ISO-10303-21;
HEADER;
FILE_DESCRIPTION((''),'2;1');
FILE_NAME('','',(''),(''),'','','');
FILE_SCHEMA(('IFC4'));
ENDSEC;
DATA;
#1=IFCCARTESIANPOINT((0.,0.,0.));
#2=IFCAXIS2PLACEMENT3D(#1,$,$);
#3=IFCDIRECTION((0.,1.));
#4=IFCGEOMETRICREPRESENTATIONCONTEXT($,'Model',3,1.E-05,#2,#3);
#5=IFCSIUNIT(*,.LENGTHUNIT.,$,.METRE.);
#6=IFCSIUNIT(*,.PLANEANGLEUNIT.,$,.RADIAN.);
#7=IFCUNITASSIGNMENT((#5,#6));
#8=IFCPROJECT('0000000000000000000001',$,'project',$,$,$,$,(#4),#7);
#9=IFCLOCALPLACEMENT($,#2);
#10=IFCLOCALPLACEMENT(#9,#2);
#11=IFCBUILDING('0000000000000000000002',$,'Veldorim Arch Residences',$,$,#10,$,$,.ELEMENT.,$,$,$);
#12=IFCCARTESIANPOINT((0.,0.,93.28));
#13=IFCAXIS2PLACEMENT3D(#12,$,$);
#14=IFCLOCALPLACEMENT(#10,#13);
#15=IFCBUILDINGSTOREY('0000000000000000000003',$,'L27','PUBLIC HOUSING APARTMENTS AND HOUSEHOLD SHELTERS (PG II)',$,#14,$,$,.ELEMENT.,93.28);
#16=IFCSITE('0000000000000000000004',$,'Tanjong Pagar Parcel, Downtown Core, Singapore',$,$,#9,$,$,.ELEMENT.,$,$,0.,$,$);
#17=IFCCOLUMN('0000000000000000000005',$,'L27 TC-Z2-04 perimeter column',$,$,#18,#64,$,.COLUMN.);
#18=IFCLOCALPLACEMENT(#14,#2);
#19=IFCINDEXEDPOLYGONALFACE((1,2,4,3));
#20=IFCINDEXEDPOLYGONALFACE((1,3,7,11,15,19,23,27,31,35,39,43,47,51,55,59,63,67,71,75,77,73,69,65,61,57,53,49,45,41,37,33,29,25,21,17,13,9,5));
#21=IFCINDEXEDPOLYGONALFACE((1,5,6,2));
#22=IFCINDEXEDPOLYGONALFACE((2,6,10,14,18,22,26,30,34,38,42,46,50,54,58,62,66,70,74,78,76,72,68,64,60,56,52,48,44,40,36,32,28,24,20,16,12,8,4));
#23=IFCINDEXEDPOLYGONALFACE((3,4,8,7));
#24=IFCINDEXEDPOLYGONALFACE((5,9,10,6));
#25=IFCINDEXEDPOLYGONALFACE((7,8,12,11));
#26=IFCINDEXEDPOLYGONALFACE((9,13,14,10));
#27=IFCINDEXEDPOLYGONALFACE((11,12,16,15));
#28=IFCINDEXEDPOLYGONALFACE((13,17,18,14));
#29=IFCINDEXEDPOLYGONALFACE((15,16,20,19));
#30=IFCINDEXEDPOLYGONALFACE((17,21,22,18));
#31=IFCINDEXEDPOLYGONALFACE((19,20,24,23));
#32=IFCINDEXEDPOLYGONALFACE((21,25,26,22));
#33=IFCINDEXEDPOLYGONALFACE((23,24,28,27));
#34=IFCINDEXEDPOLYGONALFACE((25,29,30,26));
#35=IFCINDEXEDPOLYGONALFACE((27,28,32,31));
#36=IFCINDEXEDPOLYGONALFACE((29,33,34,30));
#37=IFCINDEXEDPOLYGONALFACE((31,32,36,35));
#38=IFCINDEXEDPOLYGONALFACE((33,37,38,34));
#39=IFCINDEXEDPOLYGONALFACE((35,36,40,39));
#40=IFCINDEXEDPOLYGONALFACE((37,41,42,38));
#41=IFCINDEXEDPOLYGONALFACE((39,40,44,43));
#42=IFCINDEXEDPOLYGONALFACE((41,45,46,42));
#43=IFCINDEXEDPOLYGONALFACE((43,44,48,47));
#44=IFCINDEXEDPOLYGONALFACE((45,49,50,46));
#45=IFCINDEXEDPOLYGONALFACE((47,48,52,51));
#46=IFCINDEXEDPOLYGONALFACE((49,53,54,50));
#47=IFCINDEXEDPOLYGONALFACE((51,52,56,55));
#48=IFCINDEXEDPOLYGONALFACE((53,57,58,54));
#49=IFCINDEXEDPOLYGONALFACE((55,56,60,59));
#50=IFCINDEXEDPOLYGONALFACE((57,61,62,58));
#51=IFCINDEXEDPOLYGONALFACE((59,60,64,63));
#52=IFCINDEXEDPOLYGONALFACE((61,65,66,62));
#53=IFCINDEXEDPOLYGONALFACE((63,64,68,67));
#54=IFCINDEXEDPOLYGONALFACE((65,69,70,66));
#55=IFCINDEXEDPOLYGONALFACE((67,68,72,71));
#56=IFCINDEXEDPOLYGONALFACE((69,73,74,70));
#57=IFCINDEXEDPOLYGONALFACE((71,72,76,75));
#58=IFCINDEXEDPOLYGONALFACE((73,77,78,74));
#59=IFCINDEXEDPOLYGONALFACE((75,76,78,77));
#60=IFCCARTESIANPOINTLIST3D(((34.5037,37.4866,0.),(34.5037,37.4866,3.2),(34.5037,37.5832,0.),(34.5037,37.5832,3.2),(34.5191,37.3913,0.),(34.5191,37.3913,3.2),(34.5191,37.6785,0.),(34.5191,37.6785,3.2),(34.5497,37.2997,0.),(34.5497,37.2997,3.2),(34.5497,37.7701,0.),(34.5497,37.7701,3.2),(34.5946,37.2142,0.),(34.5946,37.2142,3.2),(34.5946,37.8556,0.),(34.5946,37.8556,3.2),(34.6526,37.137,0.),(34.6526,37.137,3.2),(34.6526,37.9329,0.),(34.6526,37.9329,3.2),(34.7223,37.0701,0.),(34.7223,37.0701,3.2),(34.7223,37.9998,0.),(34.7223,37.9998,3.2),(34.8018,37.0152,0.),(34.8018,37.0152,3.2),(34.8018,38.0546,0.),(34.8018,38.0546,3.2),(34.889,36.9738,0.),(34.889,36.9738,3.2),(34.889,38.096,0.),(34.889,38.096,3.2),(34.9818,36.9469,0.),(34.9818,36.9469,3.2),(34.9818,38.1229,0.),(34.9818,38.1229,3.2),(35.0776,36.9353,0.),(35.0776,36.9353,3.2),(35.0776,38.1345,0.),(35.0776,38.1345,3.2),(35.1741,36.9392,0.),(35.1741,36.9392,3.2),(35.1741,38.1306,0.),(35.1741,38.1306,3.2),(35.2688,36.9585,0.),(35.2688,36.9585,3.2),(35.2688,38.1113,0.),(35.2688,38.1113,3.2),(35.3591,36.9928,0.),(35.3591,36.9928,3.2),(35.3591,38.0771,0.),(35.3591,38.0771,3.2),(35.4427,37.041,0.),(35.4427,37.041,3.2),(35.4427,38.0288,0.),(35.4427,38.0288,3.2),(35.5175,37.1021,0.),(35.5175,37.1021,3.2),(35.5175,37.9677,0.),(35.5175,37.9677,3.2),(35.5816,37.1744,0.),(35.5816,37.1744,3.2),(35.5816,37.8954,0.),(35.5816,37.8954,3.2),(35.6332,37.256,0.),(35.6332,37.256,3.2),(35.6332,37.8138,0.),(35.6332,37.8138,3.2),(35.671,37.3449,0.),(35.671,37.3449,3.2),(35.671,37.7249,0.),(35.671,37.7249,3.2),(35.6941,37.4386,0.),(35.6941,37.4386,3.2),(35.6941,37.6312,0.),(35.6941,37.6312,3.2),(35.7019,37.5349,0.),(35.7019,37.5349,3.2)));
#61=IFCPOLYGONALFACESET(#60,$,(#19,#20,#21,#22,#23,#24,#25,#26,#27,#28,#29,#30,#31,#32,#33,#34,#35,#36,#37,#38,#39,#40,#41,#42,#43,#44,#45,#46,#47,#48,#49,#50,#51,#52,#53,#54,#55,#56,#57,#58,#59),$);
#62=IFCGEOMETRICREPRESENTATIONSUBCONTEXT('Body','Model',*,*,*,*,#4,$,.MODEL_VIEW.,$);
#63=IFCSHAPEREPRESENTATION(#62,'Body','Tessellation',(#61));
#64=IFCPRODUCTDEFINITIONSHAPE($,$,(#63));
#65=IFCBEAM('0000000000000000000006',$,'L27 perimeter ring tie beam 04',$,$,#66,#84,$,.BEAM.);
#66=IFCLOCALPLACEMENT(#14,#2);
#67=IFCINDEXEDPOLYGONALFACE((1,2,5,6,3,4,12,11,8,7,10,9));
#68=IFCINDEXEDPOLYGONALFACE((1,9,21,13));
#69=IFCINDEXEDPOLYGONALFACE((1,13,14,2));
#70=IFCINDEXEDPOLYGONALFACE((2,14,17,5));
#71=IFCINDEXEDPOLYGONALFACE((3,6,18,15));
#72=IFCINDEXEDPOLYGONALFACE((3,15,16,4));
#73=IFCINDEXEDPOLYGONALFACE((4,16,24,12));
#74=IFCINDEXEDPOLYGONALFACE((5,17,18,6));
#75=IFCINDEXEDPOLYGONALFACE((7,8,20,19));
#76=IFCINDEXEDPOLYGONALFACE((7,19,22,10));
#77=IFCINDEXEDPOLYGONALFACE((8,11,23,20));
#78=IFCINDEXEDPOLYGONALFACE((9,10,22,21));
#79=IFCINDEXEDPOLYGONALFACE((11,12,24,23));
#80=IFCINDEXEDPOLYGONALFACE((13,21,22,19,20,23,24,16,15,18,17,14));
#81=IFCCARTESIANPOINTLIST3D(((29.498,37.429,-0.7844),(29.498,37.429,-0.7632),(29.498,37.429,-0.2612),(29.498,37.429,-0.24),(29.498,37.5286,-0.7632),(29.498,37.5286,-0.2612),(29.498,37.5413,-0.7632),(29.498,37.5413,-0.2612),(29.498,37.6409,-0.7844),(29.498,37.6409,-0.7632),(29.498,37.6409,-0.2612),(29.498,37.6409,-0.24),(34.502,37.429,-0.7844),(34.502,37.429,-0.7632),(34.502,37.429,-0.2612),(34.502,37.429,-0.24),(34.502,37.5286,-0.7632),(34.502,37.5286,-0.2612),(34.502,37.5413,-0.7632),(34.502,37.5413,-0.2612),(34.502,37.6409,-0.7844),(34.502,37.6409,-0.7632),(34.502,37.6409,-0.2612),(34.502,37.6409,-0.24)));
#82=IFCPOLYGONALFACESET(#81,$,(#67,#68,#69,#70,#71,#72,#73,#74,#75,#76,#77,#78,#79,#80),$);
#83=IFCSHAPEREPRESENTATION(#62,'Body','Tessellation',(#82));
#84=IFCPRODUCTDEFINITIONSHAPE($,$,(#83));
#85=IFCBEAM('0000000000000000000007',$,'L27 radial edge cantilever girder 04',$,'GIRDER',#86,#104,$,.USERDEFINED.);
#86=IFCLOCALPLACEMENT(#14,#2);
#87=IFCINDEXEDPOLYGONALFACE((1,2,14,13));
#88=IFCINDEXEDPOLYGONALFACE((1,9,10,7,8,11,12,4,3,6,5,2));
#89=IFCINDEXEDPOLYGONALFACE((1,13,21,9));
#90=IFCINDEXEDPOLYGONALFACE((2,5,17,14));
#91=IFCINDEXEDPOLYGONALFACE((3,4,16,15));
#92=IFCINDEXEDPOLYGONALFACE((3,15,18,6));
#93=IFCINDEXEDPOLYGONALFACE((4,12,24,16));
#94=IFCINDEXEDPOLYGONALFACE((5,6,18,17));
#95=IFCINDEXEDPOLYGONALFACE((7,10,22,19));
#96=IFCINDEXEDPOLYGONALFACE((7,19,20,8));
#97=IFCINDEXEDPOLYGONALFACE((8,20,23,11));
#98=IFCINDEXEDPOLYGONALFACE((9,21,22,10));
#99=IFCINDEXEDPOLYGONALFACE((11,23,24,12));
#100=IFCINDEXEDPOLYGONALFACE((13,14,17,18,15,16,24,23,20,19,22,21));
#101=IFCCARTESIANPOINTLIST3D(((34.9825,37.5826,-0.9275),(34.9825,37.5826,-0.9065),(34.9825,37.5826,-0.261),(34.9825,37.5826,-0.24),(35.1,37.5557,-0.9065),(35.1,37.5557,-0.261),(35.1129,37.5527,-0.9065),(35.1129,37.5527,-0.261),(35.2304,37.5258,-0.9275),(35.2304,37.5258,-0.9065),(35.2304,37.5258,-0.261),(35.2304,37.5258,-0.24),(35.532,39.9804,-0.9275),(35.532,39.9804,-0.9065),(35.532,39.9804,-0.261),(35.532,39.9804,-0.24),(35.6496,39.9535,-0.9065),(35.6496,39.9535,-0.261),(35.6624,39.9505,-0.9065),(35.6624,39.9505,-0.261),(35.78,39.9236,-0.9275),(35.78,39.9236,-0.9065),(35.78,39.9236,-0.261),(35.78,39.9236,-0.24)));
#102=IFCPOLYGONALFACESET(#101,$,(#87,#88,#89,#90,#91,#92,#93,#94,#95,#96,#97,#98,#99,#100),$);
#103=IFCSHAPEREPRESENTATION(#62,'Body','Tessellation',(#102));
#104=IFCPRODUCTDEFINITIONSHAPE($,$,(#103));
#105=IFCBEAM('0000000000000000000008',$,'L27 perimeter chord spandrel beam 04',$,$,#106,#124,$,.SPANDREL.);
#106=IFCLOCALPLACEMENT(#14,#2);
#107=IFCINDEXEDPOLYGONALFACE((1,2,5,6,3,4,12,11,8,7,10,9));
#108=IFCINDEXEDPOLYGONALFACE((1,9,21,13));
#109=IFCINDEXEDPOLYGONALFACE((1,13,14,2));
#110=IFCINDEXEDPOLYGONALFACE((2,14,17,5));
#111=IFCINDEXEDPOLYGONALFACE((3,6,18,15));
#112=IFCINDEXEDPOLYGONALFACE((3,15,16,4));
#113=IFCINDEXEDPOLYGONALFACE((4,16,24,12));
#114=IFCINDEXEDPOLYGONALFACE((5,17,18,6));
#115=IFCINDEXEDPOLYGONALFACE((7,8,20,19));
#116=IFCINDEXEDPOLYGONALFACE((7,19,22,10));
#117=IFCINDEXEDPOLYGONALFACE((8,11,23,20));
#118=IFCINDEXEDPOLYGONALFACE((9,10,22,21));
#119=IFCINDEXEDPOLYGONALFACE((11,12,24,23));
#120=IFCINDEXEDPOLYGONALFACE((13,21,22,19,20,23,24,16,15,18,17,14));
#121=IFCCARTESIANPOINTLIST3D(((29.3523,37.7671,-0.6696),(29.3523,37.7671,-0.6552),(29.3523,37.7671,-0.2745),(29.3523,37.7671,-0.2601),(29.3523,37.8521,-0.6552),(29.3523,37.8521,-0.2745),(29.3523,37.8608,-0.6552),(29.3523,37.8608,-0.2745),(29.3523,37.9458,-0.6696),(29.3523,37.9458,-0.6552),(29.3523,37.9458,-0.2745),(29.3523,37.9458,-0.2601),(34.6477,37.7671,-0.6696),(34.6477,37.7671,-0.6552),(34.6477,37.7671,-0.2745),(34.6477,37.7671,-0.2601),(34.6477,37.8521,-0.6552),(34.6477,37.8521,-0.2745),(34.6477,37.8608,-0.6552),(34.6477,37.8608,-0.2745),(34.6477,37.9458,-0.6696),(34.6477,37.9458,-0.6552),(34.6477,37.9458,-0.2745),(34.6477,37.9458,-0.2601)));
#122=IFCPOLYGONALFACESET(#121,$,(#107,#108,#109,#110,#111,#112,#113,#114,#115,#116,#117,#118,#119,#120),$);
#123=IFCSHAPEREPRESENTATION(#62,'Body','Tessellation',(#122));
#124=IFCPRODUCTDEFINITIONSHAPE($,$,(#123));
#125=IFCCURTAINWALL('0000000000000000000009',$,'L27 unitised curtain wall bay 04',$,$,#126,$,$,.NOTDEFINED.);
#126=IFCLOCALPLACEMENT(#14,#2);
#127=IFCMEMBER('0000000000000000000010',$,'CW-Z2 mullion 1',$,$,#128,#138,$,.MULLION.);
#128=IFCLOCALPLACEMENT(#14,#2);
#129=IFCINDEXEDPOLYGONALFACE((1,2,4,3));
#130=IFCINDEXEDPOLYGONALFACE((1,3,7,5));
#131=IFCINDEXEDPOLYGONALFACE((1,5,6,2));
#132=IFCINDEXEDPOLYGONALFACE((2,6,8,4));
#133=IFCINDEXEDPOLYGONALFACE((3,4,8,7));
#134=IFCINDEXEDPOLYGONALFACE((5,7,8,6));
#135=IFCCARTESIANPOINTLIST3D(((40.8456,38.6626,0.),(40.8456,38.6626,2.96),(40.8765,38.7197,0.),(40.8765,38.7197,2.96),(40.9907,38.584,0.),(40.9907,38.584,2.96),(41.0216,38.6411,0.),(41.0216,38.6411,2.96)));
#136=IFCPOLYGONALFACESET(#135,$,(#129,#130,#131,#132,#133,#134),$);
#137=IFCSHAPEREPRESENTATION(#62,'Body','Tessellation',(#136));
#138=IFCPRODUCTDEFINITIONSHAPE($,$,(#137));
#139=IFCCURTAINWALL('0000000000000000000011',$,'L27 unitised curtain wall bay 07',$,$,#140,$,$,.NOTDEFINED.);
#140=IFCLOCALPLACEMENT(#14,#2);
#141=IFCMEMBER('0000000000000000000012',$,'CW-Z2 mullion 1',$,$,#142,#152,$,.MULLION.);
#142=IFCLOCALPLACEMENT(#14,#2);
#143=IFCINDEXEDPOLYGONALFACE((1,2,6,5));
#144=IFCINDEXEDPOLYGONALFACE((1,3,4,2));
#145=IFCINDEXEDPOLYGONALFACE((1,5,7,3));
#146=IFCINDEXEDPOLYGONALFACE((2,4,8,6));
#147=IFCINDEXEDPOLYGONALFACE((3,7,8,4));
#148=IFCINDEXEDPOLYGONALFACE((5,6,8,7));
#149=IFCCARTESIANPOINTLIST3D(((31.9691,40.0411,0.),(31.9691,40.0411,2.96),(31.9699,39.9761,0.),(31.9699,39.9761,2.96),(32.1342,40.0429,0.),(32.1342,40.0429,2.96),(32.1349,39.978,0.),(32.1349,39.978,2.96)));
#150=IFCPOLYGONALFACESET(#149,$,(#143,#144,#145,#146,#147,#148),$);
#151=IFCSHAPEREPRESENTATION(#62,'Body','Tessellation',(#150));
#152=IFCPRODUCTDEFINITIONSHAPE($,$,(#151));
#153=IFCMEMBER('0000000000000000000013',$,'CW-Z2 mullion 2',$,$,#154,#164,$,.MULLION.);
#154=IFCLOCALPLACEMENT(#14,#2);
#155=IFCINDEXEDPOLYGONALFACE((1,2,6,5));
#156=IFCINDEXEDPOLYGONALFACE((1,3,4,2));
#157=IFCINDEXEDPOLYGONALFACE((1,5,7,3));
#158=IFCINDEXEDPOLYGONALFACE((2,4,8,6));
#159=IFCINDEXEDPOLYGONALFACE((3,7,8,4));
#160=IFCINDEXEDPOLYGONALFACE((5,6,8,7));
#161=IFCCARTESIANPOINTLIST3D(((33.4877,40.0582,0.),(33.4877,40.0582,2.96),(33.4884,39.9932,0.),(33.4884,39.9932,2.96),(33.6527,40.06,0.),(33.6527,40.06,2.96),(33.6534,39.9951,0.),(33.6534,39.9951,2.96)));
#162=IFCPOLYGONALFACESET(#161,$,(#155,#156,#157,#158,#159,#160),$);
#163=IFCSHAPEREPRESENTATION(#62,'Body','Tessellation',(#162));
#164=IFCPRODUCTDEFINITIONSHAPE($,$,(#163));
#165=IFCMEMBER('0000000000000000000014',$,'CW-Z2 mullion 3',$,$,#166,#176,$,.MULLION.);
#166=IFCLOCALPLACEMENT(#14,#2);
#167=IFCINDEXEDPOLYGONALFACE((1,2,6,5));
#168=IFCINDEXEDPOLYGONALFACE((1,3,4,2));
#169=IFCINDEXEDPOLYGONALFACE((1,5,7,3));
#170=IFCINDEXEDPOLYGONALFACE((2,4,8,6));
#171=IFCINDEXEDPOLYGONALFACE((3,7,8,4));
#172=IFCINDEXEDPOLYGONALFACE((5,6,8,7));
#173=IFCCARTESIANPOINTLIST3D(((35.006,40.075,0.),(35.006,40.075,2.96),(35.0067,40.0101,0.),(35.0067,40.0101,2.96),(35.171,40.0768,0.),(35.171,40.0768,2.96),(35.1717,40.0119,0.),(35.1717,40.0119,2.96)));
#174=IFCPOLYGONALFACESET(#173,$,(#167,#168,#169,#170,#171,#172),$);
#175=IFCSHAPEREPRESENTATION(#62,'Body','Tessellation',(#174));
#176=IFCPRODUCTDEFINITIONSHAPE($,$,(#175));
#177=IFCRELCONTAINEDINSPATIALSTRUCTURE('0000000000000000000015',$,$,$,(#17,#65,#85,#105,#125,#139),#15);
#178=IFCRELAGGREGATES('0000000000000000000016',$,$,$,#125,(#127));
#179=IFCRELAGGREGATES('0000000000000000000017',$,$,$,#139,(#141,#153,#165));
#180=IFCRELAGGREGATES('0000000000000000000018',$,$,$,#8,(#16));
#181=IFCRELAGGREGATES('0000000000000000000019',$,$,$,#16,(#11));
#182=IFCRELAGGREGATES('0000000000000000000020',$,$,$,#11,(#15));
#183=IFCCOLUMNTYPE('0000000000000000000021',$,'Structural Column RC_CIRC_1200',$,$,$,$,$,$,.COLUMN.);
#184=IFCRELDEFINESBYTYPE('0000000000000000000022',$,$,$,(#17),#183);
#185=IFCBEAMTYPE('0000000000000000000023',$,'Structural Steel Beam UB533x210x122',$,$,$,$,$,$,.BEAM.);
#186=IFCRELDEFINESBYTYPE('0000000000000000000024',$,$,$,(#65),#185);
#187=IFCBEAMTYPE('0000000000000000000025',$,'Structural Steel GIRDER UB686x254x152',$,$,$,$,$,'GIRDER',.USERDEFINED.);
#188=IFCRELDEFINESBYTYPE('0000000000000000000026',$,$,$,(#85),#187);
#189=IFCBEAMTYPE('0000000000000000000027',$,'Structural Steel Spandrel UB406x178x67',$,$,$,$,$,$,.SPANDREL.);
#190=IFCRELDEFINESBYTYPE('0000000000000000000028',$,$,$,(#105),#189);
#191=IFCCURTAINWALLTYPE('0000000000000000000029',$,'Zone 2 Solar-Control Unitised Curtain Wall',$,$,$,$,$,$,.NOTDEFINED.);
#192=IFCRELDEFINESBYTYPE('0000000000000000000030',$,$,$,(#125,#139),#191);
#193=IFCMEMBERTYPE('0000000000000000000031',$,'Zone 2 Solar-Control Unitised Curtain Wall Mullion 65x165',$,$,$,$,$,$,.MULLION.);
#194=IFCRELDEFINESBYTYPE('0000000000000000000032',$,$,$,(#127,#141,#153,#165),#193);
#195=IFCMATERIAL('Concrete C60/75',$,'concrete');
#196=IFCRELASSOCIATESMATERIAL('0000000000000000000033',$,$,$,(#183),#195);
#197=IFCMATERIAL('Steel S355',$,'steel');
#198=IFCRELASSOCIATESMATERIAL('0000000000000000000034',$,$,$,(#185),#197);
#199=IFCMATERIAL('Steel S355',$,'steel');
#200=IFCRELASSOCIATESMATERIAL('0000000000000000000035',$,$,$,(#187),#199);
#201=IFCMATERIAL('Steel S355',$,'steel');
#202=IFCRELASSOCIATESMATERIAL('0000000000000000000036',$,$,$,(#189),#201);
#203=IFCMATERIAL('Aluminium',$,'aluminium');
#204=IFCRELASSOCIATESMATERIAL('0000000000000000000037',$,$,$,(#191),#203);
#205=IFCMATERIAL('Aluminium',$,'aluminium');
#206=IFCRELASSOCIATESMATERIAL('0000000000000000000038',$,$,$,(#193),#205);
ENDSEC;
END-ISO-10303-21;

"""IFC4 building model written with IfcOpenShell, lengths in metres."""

from ifc_helpers import new_model, si_unit, direction, frame, origin, origin_2d, place, context, subcontext, project, spatial, rectangle, circle, i_section, extrude, material, material_profile, profile_set, type_object, element, aggregate, save


model = new_model("IFC4")

# Units and contexts
model_context = context("Model", 3, precision=1e-05, world=origin(), true_north=direction((0.0, 1.0)))
body_context = subcontext(model_context, "Body", "Model", "MODEL_VIEW")
ifc_project = project(units=[si_unit("LENGTHUNIT", "METRE"), si_unit("PLANEANGLEUNIT", "RADIAN")], contexts=[model_context])

# Site, building, storey
site_placement = place(None, origin())
site = spatial("IfcSite", under=ifc_project, at=site_placement, Name="Tanjong Pagar Parcel, Downtown Core, Singapore", CompositionType="ELEMENT", RefElevation=0.0)
building_placement = place(site_placement, origin())
building = spatial("IfcBuilding", under=site, at=building_placement, Name="Veldorim Arch Residences", CompositionType="ELEMENT")
storey_placement = place(building_placement, frame((0.0, 0.0, 93.28)))
storey = spatial("IfcBuildingStorey", under=building, at=storey_placement, Name="L27", Description="PUBLIC HOUSING APARTMENTS AND HOUSEHOLD SHELTERS (PG II)", CompositionType="ELEMENT", Elevation=93.28)

# Column
ifc_material_1 = material(Name="Concrete C60/75", Category="concrete")
ifc_material_profile_1 = material_profile(ifc_material_1, circle(Radius=0.6001, at=origin_2d()), Name="RC_CIRC_1200")
ifc_profile_set_1 = profile_set([ifc_material_profile_1], Name="Concrete C60/75")
column_type = type_object("IfcColumnType", Name="Structural Column RC_CIRC_1200", PredefinedType="COLUMN", material=ifc_profile_set_1)
column_placement = place(storey_placement, frame((35.1018, 37.5349, 0.0), z_axis=(0.0, 0.0, 1.0), x_axis=(1.0, 0.0, 0.0)))
element("IfcColumn", 1, at=column_placement, inside=storey, type_object=column_type, Name="L27 TC-Z2-04 perimeter column", PredefinedType="COLUMN", context=body_context, shape_type="SweptSolid", body=[
    extrude(circle(Radius=0.6001, at=origin_2d()), origin(), (0.0, 0.0, 1.0), 3.2),
])

# Beams
ifc_material_2 = material(Name="Steel S355", Category="steel")
ifc_material_profile_2 = material_profile(ifc_material_2, i_section(OverallWidth=0.2119, OverallDepth=0.5444, WebThickness=0.0127, FlangeThickness=0.0212, at=origin_2d()), Name="UB533x210x122")
ifc_profile_set_2 = profile_set([ifc_material_profile_2], Name="Steel S355")
beam_type_1 = type_object("IfcBeamType", Name="Structural Steel Beam UB533x210x122", PredefinedType="BEAM", material=ifc_profile_set_2)
beam_1_placement = place(storey_placement, frame((34.502, 37.5349, -0.5122), z_axis=(-1.0, 0.0, 0.0), x_axis=(0.0, -1.0, 0.0)))
element("IfcBeam", 2, at=beam_1_placement, inside=storey, type_object=beam_type_1, Name="L27 perimeter ring tie beam 04", PredefinedType="BEAM", context=body_context, shape_type="SweptSolid", body=[
    extrude(i_section(OverallWidth=0.2119, OverallDepth=0.5444, WebThickness=0.0127, FlangeThickness=0.0212, at=origin_2d()), origin(), (0.0, 0.0, 1.0), 5.0039),
])
ifc_material_3 = material(Name="Steel S355", Category="steel")
ifc_material_profile_3 = material_profile(ifc_material_3, i_section(OverallWidth=0.2544, OverallDepth=0.6875, WebThickness=0.0132, FlangeThickness=0.021, at=origin_2d()), Name="UB686x254x152")
ifc_profile_set_3 = profile_set([ifc_material_profile_3], Name="Steel S355")
beam_type_2 = type_object("IfcBeamType", Name="Structural Steel GIRDER UB686x254x152", ElementType="GIRDER", PredefinedType="USERDEFINED", material=ifc_profile_set_3)
beam_2_placement = place(storey_placement, frame((35.1064, 37.5542, -0.5837), z_axis=(0.22341, 0.974725, 0.0), x_axis=(-0.974725, 0.22341, 0.0)))
element("IfcBeam", 3, at=beam_2_placement, inside=storey, type_object=beam_type_2, Name="L27 radial edge cantilever girder 04", ObjectType="GIRDER", PredefinedType="USERDEFINED", context=body_context, shape_type="SweptSolid", body=[
    extrude(i_section(OverallWidth=0.2544, OverallDepth=0.6875, WebThickness=0.0132, FlangeThickness=0.021, at=origin_2d()), origin(), (0.0, 0.0, 1.0), 2.46),
])
ifc_material_4 = material(Name="Steel S355", Category="steel")
ifc_material_profile_4 = material_profile(ifc_material_4, i_section(OverallWidth=0.1787, OverallDepth=0.4094, WebThickness=0.0088, FlangeThickness=0.0144, at=origin_2d()), Name="UB406x178x67")
ifc_profile_set_4 = profile_set([ifc_material_profile_4], Name="Steel S355")
beam_type_3 = type_object("IfcBeamType", Name="Structural Steel Spandrel UB406x178x67", PredefinedType="SPANDREL", material=ifc_profile_set_4)
beam_3_placement = place(storey_placement, frame((34.6477, 37.8564, -0.4648), z_axis=(-1.0, 0.0, 0.0), x_axis=(0.0, -1.0, 0.0)))
element("IfcBeam", 4, at=beam_3_placement, inside=storey, type_object=beam_type_3, Name="L27 perimeter chord spandrel beam 04", PredefinedType="SPANDREL", context=body_context, shape_type="SweptSolid", body=[
    extrude(i_section(OverallWidth=0.1787, OverallDepth=0.4094, WebThickness=0.0088, FlangeThickness=0.0144, at=origin_2d()), origin(), (0.0, 0.0, 1.0), 5.2954),
])

# Curtain wall, member
ifc_material_5 = material(Name="Aluminium", Category="aluminium")
curtain_wall_type = type_object("IfcCurtainWallType", Name="Zone 2 Solar-Control Unitised Curtain Wall", PredefinedType="NOTDEFINED", material=ifc_material_5)
curtain_wall_1_placement = place(storey_placement, origin())
curtain_wall_1 = element("IfcCurtainWall", 5, at=curtain_wall_1_placement, inside=storey, type_object=curtain_wall_type, Name="L27 unitised curtain wall bay 04", PredefinedType="NOTDEFINED")
ifc_material_6 = material(Name="Aluminium", Category="aluminium")
ifc_material_profile_5 = material_profile(ifc_material_6, rectangle(XDim=0.0649, YDim=0.165, at=origin_2d()), Name="ALU_MUL_65x165")
ifc_profile_set_5 = profile_set([ifc_material_profile_5], Name="Aluminium")
member_type_1 = type_object("IfcMemberType", Name="Zone 2 Solar-Control Unitised Curtain Wall Mullion 65x165", PredefinedType="MULLION", material=ifc_profile_set_5)
member_1_placement = place(storey_placement, frame((40.9336, 38.6519, 0.0), z_axis=(0.0, 0.0, 1.0), x_axis=(0.476096, 0.879393, 0.0)))
member_1 = element("IfcMember", 6, at=member_1_placement, type_object=member_type_1, Name="CW-Z2 mullion 1", PredefinedType="MULLION", context=body_context, shape_type="SweptSolid", body=[
    extrude(rectangle(XDim=0.0649, YDim=0.165, at=origin_2d()), origin(), (0.0, 0.0, 1.0), 2.96),
])

# Curtain wall, members
curtain_wall_2_placement = place(storey_placement, origin())
curtain_wall_2 = element("IfcCurtainWall", 7, at=curtain_wall_2_placement, inside=storey, type_object=curtain_wall_type, Name="L27 unitised curtain wall bay 07", PredefinedType="NOTDEFINED")
member_2_placement = place(storey_placement, frame((32.052, 40.0095, 0.0), z_axis=(0.0, 0.0, 1.0), x_axis=(-0.011187, 0.999937, 0.0)))
member_2 = element("IfcMember", 8, at=member_2_placement, type_object=member_type_1, Name="CW-Z2 mullion 1", PredefinedType="MULLION", context=body_context, shape_type="SweptSolid", body=[
    extrude(rectangle(XDim=0.0649, YDim=0.165, at=origin_2d()), origin(), (0.0, 0.0, 1.0), 2.96),
])
member_3_placement = place(storey_placement, frame((33.5706, 40.0266, 0.0), z_axis=(0.0, 0.0, 1.0), x_axis=(-0.011187, 0.999937, 0.0)))
member_3 = element("IfcMember", 9, at=member_3_placement, type_object=member_type_1, Name="CW-Z2 mullion 2", PredefinedType="MULLION", context=body_context, shape_type="SweptSolid", body=[
    extrude(rectangle(XDim=0.0649, YDim=0.165, at=origin_2d()), origin(), (0.0, 0.0, 1.0), 2.96),
])
member_4_placement = place(storey_placement, frame((35.0889, 40.0435, 0.0), z_axis=(0.0, 0.0, 1.0), x_axis=(-0.011187, 0.999937, 0.0)))
member_4 = element("IfcMember", 10, at=member_4_placement, type_object=member_type_1, Name="CW-Z2 mullion 3", PredefinedType="MULLION", context=body_context, shape_type="SweptSolid", body=[
    extrude(rectangle(XDim=0.0649, YDim=0.165, at=origin_2d()), origin(), (0.0, 0.0, 1.0), 2.96),
])

aggregate(curtain_wall_1, [member_1])

aggregate(curtain_wall_2, [member_2, member_3, member_4])

save(model, "model.ifc")
